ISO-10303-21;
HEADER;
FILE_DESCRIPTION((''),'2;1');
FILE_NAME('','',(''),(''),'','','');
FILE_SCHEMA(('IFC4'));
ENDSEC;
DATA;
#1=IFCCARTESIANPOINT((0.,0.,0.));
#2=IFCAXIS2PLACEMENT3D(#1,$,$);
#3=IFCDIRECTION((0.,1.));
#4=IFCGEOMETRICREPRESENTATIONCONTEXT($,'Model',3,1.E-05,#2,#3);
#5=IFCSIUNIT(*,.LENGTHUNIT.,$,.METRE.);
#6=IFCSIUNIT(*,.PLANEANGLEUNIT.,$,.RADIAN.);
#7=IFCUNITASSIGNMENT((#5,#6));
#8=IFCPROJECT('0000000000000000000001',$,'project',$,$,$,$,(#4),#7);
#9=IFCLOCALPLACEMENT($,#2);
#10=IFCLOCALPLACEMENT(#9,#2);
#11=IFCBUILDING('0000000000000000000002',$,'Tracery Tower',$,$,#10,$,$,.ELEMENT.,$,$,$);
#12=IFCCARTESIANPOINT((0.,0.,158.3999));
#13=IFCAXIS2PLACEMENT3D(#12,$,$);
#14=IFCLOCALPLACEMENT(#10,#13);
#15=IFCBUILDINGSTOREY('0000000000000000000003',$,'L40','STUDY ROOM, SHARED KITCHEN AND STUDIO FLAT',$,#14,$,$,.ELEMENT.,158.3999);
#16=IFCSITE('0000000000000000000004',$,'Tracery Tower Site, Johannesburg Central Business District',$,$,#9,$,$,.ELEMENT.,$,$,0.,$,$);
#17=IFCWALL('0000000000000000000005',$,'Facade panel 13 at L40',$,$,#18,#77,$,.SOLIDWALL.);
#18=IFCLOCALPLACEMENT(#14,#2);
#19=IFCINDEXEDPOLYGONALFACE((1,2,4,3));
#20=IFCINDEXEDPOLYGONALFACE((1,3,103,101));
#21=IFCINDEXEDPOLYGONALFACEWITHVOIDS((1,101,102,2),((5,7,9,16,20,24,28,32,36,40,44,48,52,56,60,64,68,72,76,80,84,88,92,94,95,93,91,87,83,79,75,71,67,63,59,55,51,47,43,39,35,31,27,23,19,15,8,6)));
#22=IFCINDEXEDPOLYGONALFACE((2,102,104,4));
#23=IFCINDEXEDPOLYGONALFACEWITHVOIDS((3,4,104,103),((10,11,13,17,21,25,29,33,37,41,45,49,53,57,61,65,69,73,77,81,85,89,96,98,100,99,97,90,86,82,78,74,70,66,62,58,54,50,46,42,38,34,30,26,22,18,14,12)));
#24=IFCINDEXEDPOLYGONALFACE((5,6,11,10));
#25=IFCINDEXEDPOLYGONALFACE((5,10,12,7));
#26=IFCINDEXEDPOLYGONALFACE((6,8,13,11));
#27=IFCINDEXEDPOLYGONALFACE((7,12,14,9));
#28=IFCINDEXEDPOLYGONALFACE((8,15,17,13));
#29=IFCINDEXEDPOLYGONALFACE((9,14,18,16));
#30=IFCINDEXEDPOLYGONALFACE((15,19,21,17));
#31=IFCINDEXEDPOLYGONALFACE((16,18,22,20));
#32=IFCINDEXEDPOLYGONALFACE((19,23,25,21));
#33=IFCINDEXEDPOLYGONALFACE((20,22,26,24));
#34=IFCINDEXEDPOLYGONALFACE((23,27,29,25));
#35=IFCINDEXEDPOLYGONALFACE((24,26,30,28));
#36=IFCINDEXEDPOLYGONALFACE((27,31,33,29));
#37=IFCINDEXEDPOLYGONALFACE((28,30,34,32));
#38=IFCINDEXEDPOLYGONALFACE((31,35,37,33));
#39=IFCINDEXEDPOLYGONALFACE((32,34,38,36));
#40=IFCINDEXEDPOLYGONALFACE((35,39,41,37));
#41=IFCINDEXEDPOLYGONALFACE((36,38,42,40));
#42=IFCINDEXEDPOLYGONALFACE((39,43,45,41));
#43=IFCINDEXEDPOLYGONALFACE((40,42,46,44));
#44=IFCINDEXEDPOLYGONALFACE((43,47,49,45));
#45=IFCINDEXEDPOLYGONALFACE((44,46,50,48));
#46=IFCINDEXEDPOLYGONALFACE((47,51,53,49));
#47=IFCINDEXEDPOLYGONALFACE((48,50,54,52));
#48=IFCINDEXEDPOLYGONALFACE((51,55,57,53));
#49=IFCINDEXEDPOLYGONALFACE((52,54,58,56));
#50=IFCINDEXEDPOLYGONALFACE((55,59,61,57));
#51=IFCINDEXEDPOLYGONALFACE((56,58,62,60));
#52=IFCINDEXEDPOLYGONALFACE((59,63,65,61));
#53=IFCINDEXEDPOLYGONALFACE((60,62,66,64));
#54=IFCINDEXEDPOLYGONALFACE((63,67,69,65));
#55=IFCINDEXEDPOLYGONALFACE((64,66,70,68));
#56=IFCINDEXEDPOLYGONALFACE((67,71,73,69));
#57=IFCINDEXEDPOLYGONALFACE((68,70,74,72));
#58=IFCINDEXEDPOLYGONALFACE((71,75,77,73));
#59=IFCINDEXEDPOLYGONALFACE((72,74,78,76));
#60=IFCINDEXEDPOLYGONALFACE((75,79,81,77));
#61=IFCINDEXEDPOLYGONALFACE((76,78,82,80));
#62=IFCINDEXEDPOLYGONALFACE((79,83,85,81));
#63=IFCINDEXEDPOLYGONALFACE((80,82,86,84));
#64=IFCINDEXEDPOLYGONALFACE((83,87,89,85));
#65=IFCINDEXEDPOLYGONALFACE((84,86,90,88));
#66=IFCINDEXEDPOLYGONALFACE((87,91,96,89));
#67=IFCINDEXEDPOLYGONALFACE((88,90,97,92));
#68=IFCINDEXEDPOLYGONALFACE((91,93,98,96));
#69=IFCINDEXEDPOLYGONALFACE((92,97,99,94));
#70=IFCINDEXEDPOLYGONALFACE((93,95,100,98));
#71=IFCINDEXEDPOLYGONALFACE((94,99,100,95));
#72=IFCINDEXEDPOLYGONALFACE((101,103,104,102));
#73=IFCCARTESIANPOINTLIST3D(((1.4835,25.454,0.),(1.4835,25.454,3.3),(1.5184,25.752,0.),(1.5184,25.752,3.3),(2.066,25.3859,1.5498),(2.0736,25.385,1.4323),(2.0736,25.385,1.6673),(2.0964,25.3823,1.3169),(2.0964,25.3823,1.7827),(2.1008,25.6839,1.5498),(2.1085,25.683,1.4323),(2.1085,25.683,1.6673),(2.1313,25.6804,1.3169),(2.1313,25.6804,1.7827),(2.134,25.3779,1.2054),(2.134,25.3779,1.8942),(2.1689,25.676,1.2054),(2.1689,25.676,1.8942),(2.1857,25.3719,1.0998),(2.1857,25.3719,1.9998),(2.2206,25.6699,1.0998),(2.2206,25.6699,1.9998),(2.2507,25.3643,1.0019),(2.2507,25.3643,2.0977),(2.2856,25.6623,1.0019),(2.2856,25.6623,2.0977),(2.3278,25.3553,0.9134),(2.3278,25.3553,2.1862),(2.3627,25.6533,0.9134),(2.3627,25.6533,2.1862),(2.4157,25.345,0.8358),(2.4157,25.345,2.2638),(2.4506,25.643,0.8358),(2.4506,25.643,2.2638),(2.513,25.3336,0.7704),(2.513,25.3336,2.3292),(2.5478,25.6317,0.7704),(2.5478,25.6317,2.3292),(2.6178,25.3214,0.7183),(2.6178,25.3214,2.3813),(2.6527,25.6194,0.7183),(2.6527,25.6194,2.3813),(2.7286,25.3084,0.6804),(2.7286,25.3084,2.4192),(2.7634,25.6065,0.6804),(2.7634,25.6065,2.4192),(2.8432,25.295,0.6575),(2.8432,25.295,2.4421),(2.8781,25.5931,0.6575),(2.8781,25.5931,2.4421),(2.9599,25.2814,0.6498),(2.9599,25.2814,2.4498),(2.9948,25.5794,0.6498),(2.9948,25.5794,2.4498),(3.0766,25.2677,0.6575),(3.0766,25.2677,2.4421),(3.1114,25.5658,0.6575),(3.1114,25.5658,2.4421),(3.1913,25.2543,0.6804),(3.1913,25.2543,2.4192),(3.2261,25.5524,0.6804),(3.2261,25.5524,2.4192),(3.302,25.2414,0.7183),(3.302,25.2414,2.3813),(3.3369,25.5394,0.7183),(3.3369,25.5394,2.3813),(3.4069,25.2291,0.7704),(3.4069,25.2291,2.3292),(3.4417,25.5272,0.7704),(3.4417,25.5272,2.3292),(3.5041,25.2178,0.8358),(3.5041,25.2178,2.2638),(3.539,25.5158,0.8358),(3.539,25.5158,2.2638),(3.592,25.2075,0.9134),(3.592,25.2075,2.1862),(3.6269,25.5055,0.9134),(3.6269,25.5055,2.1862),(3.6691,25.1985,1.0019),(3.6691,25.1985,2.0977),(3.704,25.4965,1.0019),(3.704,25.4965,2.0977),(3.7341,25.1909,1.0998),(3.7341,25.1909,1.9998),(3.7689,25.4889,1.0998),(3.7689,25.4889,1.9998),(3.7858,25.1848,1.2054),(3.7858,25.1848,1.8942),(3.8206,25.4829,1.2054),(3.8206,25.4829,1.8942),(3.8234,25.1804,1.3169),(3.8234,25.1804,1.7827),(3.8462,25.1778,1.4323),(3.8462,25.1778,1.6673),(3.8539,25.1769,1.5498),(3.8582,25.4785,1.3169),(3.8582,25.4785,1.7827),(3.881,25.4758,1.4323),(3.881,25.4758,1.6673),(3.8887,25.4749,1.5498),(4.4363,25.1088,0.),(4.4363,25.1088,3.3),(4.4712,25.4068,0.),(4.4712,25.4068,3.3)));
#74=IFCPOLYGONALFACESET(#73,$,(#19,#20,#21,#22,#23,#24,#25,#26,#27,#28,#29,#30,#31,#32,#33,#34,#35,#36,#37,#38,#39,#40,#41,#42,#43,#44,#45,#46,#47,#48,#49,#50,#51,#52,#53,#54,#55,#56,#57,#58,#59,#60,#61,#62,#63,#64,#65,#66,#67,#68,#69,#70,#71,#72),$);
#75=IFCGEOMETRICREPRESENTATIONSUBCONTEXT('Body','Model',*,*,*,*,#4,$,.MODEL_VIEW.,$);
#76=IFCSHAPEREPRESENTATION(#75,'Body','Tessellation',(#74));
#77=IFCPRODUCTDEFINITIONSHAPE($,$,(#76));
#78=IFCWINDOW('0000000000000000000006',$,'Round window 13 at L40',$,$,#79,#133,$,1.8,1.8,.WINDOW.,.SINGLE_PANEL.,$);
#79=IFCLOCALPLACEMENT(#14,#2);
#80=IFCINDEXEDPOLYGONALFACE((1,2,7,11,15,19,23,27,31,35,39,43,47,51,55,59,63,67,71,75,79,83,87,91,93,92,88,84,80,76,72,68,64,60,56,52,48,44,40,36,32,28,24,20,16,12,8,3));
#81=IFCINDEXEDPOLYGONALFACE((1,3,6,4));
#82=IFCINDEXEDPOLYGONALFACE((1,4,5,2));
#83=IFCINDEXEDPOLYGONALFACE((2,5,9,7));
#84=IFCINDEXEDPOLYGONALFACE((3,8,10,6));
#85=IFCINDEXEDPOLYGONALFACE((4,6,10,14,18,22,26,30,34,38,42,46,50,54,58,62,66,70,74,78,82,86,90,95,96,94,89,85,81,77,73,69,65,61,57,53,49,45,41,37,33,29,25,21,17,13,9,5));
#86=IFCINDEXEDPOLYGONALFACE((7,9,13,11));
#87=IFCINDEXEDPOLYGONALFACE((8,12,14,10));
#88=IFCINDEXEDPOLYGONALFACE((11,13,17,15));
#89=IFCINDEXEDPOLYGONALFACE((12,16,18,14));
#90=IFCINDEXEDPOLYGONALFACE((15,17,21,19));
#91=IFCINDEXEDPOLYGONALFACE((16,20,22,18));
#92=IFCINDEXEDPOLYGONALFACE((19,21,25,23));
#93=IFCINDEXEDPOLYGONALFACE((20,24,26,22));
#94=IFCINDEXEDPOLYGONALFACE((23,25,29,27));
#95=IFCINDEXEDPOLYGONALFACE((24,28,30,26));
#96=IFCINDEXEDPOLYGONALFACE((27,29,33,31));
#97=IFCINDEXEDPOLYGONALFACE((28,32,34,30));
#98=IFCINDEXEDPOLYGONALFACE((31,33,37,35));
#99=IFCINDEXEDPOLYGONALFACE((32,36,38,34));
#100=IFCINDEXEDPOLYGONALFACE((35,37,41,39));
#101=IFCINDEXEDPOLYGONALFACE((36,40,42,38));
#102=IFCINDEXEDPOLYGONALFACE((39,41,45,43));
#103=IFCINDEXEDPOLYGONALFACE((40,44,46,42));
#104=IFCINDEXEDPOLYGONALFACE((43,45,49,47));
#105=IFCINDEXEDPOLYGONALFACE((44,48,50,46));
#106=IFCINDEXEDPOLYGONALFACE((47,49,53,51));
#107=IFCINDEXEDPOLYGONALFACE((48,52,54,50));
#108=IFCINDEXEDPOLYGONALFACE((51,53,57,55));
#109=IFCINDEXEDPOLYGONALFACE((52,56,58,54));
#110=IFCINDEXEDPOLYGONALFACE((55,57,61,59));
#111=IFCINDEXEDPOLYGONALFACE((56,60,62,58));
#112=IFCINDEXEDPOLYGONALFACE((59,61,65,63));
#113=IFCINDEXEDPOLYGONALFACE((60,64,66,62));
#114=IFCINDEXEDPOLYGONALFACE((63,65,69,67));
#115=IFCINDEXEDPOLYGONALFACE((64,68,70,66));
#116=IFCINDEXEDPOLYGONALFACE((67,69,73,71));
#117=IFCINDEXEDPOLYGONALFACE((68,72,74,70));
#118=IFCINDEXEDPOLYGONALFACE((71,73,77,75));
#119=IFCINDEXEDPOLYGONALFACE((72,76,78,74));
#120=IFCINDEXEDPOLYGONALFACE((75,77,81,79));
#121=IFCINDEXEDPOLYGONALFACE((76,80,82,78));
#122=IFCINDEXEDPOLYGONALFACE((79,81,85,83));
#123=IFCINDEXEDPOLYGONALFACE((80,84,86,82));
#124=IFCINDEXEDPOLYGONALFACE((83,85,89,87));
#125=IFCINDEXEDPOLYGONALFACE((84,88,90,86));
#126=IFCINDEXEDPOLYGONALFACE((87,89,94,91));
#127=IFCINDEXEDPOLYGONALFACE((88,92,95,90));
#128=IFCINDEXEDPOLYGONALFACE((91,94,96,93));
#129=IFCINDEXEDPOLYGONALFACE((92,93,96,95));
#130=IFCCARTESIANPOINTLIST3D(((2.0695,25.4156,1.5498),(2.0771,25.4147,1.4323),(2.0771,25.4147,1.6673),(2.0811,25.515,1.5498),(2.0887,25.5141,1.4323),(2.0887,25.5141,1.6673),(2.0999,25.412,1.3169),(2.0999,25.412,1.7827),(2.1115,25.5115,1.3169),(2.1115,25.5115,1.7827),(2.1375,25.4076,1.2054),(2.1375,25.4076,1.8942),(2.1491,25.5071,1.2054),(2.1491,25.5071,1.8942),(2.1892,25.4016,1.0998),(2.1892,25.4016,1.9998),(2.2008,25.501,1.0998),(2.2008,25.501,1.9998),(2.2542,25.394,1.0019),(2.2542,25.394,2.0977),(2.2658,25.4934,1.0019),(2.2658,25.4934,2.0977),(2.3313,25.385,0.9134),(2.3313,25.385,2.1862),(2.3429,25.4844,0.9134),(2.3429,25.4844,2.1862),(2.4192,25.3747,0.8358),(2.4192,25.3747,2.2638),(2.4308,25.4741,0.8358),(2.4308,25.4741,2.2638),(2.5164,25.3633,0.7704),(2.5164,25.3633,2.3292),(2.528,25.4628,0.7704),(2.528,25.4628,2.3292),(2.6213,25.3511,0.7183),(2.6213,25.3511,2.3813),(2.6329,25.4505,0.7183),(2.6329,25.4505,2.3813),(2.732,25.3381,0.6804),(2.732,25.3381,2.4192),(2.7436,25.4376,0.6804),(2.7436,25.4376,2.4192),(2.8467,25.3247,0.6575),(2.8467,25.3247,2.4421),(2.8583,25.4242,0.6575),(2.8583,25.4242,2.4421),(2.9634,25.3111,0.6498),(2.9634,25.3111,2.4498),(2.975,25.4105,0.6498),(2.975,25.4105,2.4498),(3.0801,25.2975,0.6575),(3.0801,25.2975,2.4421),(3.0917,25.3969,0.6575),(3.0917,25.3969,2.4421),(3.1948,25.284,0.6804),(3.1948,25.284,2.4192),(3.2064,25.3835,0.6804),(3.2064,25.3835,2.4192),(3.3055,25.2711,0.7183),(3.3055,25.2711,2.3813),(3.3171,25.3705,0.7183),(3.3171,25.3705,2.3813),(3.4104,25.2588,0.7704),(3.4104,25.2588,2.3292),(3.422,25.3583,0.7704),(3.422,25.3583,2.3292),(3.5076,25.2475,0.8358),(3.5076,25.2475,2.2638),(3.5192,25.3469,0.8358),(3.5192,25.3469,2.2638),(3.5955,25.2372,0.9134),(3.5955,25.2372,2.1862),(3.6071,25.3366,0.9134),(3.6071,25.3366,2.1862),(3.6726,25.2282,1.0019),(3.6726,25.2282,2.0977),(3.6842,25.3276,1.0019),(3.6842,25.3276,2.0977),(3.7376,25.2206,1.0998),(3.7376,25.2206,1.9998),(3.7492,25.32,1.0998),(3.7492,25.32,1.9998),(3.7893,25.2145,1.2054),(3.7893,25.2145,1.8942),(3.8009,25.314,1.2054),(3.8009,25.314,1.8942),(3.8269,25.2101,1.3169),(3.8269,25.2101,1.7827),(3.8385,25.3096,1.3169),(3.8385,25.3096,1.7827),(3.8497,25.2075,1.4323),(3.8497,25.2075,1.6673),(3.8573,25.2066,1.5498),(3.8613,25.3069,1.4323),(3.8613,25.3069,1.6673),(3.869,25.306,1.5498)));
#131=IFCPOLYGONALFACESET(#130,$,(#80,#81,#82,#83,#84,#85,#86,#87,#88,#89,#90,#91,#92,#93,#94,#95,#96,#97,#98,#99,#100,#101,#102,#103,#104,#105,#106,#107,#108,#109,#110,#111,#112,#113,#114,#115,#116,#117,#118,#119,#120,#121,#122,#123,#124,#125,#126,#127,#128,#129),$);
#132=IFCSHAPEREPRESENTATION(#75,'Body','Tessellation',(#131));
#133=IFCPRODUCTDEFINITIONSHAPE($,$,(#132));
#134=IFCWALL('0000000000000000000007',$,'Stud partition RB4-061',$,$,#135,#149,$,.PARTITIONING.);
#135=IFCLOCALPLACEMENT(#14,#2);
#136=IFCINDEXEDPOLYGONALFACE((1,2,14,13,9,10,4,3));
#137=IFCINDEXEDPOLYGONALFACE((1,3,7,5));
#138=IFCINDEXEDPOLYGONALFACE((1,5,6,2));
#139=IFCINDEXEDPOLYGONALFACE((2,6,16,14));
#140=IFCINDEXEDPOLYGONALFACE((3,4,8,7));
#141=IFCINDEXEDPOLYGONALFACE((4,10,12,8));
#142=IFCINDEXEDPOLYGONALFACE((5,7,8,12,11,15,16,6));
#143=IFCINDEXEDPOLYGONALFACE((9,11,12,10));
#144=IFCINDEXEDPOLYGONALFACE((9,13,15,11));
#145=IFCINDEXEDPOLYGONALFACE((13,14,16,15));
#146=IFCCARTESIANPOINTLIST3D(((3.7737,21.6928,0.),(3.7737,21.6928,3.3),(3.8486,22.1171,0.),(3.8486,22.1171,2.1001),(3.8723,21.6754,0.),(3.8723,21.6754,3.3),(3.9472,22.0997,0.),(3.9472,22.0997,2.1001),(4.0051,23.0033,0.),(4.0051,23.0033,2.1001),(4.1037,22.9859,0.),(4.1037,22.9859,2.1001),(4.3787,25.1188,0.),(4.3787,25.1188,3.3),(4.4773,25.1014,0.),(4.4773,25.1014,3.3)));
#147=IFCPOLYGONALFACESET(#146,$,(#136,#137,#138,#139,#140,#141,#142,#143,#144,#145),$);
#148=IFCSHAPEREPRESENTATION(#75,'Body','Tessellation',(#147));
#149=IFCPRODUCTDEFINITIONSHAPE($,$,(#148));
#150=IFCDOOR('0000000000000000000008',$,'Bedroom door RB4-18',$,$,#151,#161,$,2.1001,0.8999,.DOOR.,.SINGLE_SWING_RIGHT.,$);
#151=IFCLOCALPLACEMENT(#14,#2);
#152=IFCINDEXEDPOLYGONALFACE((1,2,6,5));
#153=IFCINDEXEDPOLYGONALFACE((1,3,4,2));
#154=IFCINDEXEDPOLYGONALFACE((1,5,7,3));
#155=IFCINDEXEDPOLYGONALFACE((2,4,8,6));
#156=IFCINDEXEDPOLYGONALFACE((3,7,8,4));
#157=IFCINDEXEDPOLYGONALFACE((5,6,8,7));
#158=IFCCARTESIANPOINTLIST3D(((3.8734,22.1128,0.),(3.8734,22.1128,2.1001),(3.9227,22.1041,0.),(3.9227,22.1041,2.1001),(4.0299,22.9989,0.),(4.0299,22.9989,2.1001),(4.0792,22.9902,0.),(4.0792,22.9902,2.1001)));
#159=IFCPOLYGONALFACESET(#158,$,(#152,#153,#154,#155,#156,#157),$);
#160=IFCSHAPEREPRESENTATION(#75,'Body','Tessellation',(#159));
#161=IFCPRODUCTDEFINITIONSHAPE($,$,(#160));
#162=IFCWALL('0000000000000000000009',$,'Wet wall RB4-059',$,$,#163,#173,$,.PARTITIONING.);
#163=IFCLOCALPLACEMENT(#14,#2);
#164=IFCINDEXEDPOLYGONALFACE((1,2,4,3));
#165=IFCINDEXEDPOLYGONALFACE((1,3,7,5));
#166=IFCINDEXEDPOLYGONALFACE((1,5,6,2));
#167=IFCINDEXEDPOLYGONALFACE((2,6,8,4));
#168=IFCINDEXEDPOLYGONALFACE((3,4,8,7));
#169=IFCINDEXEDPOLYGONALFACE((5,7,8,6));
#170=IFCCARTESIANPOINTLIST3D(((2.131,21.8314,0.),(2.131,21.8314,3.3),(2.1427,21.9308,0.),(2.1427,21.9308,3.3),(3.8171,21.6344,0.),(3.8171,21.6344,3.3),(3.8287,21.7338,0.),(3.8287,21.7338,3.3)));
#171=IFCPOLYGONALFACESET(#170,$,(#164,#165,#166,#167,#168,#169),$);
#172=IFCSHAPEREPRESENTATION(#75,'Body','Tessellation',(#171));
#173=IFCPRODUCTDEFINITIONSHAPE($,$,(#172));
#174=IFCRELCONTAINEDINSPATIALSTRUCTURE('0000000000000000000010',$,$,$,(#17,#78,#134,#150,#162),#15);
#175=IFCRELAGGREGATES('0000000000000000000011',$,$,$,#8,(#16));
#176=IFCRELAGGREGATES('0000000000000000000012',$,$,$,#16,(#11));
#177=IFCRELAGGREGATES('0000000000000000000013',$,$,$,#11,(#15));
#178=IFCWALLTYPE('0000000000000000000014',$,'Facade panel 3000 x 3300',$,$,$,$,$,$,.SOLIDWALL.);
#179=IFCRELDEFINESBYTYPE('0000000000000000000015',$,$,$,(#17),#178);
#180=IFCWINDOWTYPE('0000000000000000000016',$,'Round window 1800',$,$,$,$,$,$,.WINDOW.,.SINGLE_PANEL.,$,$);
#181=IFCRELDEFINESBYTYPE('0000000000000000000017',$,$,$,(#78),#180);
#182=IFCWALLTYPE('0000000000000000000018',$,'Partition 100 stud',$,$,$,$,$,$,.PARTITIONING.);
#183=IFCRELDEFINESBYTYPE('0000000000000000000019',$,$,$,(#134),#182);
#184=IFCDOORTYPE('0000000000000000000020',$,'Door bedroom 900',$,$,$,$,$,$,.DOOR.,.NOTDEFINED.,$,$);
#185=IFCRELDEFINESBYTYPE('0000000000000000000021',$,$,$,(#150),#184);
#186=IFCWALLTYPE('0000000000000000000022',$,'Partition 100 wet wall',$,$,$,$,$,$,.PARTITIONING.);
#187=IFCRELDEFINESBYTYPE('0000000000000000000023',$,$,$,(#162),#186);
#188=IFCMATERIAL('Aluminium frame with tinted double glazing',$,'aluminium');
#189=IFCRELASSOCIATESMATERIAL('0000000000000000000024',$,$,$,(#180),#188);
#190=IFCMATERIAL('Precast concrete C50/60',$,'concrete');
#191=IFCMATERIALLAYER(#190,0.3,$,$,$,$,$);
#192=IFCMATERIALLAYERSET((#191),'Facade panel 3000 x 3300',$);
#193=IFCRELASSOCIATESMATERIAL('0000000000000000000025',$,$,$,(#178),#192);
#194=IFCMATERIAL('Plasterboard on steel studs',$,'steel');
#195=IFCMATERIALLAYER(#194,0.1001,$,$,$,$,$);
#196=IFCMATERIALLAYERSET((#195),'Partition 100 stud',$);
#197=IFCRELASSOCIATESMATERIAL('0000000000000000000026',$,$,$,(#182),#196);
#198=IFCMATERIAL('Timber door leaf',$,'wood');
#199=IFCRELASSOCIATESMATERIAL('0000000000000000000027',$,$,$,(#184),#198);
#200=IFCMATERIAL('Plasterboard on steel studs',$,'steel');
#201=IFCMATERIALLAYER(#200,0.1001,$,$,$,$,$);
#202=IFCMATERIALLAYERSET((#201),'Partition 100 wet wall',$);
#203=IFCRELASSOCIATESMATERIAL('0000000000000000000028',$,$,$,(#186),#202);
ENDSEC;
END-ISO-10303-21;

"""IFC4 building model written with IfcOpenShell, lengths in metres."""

from ifc_helpers import new_model, si_unit, direction, frame, frame_2d, origin, origin_2d, place, context, subcontext, project, spatial, rectangle, circle, extrude, material, layer, layer_set, type_object, element, fill, save


model = new_model("IFC4")

# Units and contexts
model_context = context("Model", 3, precision=1e-05, world=origin(), true_north=direction((0.0, 1.0)))
body_context = subcontext(model_context, "Body", "Model", "MODEL_VIEW")
ifc_project = project(units=[si_unit("LENGTHUNIT", "METRE"), si_unit("PLANEANGLEUNIT", "RADIAN")], contexts=[model_context])

# Site, building, storey
site_placement = place(None, origin())
site = spatial("IfcSite", under=ifc_project, at=site_placement, Name="Tracery Tower Site, Johannesburg Central Business District", CompositionType="ELEMENT", RefElevation=0.0)
building_placement = place(site_placement, origin())
building = spatial("IfcBuilding", under=site, at=building_placement, Name="Tracery Tower", CompositionType="ELEMENT")
storey_placement = place(building_placement, frame((0.0, 0.0, 158.3999)))
storey = spatial("IfcBuildingStorey", under=building, at=storey_placement, Name="L40", Description="STUDY ROOM, SHARED KITCHEN AND STUDIO FLAT", CompositionType="ELEMENT", Elevation=158.3999)

# Wall, opening, window
ifc_material_1 = material(Name="Aluminium frame with tinted double glazing", Category="aluminium")
window_type = type_object("IfcWindowType", Name="Round window 1800", PartitioningType="SINGLE_PANEL", PredefinedType="WINDOW", material=ifc_material_1)
ifc_material_2 = material(Name="Precast concrete C50/60", Category="concrete")
ifc_layer_1 = layer(ifc_material_2, 0.3)
ifc_layer_set_1 = layer_set([ifc_layer_1], Name="Facade panel 3000 x 3300")
wall_type_1 = type_object("IfcWallType", Name="Facade panel 3000 x 3300", PredefinedType="SOLIDWALL", material=ifc_layer_set_1)
wall_1_placement = place(storey_placement, frame((4.4536, 25.2578, 0.0), z_axis=(0.0, 0.0, 1.0), x_axis=(-0.993236, 0.116117, 0.0)))
wall_1 = element("IfcWall", 1, at=wall_1_placement, inside=storey, type_object=wall_type_1, Name="Facade panel 13 at L40", PredefinedType="SOLIDWALL", context=body_context, shape_type="SweptSolid", body=[
    extrude(rectangle(XDim=2.9729, YDim=0.3, at=frame_2d((1.4863, 0.0))), origin(), (0.0, 0.0, 1.0), 3.3),
])
opening_1_placement = place(wall_1_placement, frame((1.4863, 0.0, 1.5498)))
opening_1 = element("IfcOpeningElement", 2, at=opening_1_placement, cuts=wall_1, PredefinedType="OPENING", context=body_context, shape_type="SweptSolid", body=[
    extrude(circle(Radius=0.9, at=origin_2d()), frame((0.0, 0.1599, 0.0), z_axis=(0.0, -1.0, 0.0), x_axis=(1.0, 0.0, 0.0)), (0.0, 0.0, 1.0), 0.3201),
])
window_1_placement = place(opening_1_placement, origin())
window_1 = element("IfcWindow", 3, at=window_1_placement, inside=storey, type_object=window_type, Name="Round window 13 at L40", OverallHeight=1.8, OverallWidth=1.8, PartitioningType="SINGLE_PANEL", PredefinedType="WINDOW", context=body_context, shape_type="SweptSolid", body=[
    extrude(circle(Radius=0.9, at=origin_2d()), frame((0.0, 0.1201, 0.0), z_axis=(0.0, -1.0, 0.0), x_axis=(1.0, 0.0, 0.0)), (0.0, 0.0, 1.0), 0.1001),
])
fill(opening_1, window_1)

# Wall, opening, door
ifc_material_3 = material(Name="Plasterboard on steel studs", Category="steel")
ifc_layer_2 = layer(ifc_material_3, 0.1001)
ifc_layer_set_2 = layer_set([ifc_layer_2], Name="Partition 100 stud")
wall_type_2 = type_object("IfcWallType", Name="Partition 100 stud", PredefinedType="PARTITIONING", material=ifc_layer_set_2)
wall_2_placement = place(storey_placement, frame((3.823, 21.6841, 0.0), z_axis=(0.0, 0.0, 1.0), x_axis=(0.173893, 0.984764, 0.0)))
wall_2 = element("IfcWall", 4, at=wall_2_placement, inside=storey, type_object=wall_type_2, Name="Stud partition RB4-061", PredefinedType="PARTITIONING", context=body_context, shape_type="SweptSolid", body=[
    extrude(rectangle(XDim=3.479, YDim=0.1001, at=frame_2d((1.7395, 0.0))), origin(), (0.0, 0.0, 1.0), 3.3),
])
opening_2_placement = place(wall_2_placement, frame((0.4309, 0.0, 0.0)))
opening_2 = element("IfcOpeningElement", 5, at=opening_2_placement, cuts=wall_2, PredefinedType="OPENING", context=body_context, shape_type="SweptSolid", body=[
    extrude(rectangle(XDim=0.8999, YDim=2.1001, at=frame_2d((0.45, 1.05))), frame((0.0, 0.05, 0.0), z_axis=(0.0, -1.0, 0.0), x_axis=(1.0, 0.0, 0.0)), (0.0, 0.0, 1.0), 0.1001),
])
ifc_material_4 = material(Name="Timber door leaf", Category="wood")
door_type_1 = type_object("IfcDoorType", Name="Door bedroom 900", OperationType="NOTDEFINED", PredefinedType="DOOR", material=ifc_material_4)
door_1_placement = place(opening_2_placement, origin())
door_1 = element("IfcDoor", 6, at=door_1_placement, inside=storey, type_object=door_type_1, Name="Bedroom door RB4-18", OperationType="SINGLE_SWING_RIGHT", OverallHeight=2.1001, OverallWidth=0.8999, PredefinedType="DOOR", context=body_context, shape_type="SweptSolid", body=[
    extrude(rectangle(XDim=0.8999, YDim=2.1001, at=frame_2d((0.45, 1.05))), frame((0.0, 0.0249, 0.0), z_axis=(0.0, -1.0, 0.0), x_axis=(1.0, 0.0, 0.0)), (0.0, 0.0, 1.0), 0.05),
])
fill(opening_2, door_1)

# Wall
ifc_material_5 = material(Name="Plasterboard on steel studs", Category="steel")
ifc_layer_3 = layer(ifc_material_5, 0.1001)
ifc_layer_set_3 = layer_set([ifc_layer_3], Name="Partition 100 wet wall")
wall_type_3 = type_object("IfcWallType", Name="Partition 100 wet wall", PredefinedType="PARTITIONING", material=ifc_layer_set_3)
wall_3_placement = place(storey_placement, frame((2.137, 21.8811, 0.0), z_axis=(0.0, 0.0, 1.0), x_axis=(0.993242, -0.116065, 0.0)))
element("IfcWall", 7, at=wall_3_placement, inside=storey, type_object=wall_type_3, Name="Wet wall RB4-059", PredefinedType="PARTITIONING", context=body_context, shape_type="SweptSolid", body=[
    extrude(rectangle(XDim=1.6975, YDim=0.1001, at=frame_2d((0.8486, 0.0))), origin(), (0.0, 0.0, 1.0), 3.3),
])

save(model, "model.ifc")
